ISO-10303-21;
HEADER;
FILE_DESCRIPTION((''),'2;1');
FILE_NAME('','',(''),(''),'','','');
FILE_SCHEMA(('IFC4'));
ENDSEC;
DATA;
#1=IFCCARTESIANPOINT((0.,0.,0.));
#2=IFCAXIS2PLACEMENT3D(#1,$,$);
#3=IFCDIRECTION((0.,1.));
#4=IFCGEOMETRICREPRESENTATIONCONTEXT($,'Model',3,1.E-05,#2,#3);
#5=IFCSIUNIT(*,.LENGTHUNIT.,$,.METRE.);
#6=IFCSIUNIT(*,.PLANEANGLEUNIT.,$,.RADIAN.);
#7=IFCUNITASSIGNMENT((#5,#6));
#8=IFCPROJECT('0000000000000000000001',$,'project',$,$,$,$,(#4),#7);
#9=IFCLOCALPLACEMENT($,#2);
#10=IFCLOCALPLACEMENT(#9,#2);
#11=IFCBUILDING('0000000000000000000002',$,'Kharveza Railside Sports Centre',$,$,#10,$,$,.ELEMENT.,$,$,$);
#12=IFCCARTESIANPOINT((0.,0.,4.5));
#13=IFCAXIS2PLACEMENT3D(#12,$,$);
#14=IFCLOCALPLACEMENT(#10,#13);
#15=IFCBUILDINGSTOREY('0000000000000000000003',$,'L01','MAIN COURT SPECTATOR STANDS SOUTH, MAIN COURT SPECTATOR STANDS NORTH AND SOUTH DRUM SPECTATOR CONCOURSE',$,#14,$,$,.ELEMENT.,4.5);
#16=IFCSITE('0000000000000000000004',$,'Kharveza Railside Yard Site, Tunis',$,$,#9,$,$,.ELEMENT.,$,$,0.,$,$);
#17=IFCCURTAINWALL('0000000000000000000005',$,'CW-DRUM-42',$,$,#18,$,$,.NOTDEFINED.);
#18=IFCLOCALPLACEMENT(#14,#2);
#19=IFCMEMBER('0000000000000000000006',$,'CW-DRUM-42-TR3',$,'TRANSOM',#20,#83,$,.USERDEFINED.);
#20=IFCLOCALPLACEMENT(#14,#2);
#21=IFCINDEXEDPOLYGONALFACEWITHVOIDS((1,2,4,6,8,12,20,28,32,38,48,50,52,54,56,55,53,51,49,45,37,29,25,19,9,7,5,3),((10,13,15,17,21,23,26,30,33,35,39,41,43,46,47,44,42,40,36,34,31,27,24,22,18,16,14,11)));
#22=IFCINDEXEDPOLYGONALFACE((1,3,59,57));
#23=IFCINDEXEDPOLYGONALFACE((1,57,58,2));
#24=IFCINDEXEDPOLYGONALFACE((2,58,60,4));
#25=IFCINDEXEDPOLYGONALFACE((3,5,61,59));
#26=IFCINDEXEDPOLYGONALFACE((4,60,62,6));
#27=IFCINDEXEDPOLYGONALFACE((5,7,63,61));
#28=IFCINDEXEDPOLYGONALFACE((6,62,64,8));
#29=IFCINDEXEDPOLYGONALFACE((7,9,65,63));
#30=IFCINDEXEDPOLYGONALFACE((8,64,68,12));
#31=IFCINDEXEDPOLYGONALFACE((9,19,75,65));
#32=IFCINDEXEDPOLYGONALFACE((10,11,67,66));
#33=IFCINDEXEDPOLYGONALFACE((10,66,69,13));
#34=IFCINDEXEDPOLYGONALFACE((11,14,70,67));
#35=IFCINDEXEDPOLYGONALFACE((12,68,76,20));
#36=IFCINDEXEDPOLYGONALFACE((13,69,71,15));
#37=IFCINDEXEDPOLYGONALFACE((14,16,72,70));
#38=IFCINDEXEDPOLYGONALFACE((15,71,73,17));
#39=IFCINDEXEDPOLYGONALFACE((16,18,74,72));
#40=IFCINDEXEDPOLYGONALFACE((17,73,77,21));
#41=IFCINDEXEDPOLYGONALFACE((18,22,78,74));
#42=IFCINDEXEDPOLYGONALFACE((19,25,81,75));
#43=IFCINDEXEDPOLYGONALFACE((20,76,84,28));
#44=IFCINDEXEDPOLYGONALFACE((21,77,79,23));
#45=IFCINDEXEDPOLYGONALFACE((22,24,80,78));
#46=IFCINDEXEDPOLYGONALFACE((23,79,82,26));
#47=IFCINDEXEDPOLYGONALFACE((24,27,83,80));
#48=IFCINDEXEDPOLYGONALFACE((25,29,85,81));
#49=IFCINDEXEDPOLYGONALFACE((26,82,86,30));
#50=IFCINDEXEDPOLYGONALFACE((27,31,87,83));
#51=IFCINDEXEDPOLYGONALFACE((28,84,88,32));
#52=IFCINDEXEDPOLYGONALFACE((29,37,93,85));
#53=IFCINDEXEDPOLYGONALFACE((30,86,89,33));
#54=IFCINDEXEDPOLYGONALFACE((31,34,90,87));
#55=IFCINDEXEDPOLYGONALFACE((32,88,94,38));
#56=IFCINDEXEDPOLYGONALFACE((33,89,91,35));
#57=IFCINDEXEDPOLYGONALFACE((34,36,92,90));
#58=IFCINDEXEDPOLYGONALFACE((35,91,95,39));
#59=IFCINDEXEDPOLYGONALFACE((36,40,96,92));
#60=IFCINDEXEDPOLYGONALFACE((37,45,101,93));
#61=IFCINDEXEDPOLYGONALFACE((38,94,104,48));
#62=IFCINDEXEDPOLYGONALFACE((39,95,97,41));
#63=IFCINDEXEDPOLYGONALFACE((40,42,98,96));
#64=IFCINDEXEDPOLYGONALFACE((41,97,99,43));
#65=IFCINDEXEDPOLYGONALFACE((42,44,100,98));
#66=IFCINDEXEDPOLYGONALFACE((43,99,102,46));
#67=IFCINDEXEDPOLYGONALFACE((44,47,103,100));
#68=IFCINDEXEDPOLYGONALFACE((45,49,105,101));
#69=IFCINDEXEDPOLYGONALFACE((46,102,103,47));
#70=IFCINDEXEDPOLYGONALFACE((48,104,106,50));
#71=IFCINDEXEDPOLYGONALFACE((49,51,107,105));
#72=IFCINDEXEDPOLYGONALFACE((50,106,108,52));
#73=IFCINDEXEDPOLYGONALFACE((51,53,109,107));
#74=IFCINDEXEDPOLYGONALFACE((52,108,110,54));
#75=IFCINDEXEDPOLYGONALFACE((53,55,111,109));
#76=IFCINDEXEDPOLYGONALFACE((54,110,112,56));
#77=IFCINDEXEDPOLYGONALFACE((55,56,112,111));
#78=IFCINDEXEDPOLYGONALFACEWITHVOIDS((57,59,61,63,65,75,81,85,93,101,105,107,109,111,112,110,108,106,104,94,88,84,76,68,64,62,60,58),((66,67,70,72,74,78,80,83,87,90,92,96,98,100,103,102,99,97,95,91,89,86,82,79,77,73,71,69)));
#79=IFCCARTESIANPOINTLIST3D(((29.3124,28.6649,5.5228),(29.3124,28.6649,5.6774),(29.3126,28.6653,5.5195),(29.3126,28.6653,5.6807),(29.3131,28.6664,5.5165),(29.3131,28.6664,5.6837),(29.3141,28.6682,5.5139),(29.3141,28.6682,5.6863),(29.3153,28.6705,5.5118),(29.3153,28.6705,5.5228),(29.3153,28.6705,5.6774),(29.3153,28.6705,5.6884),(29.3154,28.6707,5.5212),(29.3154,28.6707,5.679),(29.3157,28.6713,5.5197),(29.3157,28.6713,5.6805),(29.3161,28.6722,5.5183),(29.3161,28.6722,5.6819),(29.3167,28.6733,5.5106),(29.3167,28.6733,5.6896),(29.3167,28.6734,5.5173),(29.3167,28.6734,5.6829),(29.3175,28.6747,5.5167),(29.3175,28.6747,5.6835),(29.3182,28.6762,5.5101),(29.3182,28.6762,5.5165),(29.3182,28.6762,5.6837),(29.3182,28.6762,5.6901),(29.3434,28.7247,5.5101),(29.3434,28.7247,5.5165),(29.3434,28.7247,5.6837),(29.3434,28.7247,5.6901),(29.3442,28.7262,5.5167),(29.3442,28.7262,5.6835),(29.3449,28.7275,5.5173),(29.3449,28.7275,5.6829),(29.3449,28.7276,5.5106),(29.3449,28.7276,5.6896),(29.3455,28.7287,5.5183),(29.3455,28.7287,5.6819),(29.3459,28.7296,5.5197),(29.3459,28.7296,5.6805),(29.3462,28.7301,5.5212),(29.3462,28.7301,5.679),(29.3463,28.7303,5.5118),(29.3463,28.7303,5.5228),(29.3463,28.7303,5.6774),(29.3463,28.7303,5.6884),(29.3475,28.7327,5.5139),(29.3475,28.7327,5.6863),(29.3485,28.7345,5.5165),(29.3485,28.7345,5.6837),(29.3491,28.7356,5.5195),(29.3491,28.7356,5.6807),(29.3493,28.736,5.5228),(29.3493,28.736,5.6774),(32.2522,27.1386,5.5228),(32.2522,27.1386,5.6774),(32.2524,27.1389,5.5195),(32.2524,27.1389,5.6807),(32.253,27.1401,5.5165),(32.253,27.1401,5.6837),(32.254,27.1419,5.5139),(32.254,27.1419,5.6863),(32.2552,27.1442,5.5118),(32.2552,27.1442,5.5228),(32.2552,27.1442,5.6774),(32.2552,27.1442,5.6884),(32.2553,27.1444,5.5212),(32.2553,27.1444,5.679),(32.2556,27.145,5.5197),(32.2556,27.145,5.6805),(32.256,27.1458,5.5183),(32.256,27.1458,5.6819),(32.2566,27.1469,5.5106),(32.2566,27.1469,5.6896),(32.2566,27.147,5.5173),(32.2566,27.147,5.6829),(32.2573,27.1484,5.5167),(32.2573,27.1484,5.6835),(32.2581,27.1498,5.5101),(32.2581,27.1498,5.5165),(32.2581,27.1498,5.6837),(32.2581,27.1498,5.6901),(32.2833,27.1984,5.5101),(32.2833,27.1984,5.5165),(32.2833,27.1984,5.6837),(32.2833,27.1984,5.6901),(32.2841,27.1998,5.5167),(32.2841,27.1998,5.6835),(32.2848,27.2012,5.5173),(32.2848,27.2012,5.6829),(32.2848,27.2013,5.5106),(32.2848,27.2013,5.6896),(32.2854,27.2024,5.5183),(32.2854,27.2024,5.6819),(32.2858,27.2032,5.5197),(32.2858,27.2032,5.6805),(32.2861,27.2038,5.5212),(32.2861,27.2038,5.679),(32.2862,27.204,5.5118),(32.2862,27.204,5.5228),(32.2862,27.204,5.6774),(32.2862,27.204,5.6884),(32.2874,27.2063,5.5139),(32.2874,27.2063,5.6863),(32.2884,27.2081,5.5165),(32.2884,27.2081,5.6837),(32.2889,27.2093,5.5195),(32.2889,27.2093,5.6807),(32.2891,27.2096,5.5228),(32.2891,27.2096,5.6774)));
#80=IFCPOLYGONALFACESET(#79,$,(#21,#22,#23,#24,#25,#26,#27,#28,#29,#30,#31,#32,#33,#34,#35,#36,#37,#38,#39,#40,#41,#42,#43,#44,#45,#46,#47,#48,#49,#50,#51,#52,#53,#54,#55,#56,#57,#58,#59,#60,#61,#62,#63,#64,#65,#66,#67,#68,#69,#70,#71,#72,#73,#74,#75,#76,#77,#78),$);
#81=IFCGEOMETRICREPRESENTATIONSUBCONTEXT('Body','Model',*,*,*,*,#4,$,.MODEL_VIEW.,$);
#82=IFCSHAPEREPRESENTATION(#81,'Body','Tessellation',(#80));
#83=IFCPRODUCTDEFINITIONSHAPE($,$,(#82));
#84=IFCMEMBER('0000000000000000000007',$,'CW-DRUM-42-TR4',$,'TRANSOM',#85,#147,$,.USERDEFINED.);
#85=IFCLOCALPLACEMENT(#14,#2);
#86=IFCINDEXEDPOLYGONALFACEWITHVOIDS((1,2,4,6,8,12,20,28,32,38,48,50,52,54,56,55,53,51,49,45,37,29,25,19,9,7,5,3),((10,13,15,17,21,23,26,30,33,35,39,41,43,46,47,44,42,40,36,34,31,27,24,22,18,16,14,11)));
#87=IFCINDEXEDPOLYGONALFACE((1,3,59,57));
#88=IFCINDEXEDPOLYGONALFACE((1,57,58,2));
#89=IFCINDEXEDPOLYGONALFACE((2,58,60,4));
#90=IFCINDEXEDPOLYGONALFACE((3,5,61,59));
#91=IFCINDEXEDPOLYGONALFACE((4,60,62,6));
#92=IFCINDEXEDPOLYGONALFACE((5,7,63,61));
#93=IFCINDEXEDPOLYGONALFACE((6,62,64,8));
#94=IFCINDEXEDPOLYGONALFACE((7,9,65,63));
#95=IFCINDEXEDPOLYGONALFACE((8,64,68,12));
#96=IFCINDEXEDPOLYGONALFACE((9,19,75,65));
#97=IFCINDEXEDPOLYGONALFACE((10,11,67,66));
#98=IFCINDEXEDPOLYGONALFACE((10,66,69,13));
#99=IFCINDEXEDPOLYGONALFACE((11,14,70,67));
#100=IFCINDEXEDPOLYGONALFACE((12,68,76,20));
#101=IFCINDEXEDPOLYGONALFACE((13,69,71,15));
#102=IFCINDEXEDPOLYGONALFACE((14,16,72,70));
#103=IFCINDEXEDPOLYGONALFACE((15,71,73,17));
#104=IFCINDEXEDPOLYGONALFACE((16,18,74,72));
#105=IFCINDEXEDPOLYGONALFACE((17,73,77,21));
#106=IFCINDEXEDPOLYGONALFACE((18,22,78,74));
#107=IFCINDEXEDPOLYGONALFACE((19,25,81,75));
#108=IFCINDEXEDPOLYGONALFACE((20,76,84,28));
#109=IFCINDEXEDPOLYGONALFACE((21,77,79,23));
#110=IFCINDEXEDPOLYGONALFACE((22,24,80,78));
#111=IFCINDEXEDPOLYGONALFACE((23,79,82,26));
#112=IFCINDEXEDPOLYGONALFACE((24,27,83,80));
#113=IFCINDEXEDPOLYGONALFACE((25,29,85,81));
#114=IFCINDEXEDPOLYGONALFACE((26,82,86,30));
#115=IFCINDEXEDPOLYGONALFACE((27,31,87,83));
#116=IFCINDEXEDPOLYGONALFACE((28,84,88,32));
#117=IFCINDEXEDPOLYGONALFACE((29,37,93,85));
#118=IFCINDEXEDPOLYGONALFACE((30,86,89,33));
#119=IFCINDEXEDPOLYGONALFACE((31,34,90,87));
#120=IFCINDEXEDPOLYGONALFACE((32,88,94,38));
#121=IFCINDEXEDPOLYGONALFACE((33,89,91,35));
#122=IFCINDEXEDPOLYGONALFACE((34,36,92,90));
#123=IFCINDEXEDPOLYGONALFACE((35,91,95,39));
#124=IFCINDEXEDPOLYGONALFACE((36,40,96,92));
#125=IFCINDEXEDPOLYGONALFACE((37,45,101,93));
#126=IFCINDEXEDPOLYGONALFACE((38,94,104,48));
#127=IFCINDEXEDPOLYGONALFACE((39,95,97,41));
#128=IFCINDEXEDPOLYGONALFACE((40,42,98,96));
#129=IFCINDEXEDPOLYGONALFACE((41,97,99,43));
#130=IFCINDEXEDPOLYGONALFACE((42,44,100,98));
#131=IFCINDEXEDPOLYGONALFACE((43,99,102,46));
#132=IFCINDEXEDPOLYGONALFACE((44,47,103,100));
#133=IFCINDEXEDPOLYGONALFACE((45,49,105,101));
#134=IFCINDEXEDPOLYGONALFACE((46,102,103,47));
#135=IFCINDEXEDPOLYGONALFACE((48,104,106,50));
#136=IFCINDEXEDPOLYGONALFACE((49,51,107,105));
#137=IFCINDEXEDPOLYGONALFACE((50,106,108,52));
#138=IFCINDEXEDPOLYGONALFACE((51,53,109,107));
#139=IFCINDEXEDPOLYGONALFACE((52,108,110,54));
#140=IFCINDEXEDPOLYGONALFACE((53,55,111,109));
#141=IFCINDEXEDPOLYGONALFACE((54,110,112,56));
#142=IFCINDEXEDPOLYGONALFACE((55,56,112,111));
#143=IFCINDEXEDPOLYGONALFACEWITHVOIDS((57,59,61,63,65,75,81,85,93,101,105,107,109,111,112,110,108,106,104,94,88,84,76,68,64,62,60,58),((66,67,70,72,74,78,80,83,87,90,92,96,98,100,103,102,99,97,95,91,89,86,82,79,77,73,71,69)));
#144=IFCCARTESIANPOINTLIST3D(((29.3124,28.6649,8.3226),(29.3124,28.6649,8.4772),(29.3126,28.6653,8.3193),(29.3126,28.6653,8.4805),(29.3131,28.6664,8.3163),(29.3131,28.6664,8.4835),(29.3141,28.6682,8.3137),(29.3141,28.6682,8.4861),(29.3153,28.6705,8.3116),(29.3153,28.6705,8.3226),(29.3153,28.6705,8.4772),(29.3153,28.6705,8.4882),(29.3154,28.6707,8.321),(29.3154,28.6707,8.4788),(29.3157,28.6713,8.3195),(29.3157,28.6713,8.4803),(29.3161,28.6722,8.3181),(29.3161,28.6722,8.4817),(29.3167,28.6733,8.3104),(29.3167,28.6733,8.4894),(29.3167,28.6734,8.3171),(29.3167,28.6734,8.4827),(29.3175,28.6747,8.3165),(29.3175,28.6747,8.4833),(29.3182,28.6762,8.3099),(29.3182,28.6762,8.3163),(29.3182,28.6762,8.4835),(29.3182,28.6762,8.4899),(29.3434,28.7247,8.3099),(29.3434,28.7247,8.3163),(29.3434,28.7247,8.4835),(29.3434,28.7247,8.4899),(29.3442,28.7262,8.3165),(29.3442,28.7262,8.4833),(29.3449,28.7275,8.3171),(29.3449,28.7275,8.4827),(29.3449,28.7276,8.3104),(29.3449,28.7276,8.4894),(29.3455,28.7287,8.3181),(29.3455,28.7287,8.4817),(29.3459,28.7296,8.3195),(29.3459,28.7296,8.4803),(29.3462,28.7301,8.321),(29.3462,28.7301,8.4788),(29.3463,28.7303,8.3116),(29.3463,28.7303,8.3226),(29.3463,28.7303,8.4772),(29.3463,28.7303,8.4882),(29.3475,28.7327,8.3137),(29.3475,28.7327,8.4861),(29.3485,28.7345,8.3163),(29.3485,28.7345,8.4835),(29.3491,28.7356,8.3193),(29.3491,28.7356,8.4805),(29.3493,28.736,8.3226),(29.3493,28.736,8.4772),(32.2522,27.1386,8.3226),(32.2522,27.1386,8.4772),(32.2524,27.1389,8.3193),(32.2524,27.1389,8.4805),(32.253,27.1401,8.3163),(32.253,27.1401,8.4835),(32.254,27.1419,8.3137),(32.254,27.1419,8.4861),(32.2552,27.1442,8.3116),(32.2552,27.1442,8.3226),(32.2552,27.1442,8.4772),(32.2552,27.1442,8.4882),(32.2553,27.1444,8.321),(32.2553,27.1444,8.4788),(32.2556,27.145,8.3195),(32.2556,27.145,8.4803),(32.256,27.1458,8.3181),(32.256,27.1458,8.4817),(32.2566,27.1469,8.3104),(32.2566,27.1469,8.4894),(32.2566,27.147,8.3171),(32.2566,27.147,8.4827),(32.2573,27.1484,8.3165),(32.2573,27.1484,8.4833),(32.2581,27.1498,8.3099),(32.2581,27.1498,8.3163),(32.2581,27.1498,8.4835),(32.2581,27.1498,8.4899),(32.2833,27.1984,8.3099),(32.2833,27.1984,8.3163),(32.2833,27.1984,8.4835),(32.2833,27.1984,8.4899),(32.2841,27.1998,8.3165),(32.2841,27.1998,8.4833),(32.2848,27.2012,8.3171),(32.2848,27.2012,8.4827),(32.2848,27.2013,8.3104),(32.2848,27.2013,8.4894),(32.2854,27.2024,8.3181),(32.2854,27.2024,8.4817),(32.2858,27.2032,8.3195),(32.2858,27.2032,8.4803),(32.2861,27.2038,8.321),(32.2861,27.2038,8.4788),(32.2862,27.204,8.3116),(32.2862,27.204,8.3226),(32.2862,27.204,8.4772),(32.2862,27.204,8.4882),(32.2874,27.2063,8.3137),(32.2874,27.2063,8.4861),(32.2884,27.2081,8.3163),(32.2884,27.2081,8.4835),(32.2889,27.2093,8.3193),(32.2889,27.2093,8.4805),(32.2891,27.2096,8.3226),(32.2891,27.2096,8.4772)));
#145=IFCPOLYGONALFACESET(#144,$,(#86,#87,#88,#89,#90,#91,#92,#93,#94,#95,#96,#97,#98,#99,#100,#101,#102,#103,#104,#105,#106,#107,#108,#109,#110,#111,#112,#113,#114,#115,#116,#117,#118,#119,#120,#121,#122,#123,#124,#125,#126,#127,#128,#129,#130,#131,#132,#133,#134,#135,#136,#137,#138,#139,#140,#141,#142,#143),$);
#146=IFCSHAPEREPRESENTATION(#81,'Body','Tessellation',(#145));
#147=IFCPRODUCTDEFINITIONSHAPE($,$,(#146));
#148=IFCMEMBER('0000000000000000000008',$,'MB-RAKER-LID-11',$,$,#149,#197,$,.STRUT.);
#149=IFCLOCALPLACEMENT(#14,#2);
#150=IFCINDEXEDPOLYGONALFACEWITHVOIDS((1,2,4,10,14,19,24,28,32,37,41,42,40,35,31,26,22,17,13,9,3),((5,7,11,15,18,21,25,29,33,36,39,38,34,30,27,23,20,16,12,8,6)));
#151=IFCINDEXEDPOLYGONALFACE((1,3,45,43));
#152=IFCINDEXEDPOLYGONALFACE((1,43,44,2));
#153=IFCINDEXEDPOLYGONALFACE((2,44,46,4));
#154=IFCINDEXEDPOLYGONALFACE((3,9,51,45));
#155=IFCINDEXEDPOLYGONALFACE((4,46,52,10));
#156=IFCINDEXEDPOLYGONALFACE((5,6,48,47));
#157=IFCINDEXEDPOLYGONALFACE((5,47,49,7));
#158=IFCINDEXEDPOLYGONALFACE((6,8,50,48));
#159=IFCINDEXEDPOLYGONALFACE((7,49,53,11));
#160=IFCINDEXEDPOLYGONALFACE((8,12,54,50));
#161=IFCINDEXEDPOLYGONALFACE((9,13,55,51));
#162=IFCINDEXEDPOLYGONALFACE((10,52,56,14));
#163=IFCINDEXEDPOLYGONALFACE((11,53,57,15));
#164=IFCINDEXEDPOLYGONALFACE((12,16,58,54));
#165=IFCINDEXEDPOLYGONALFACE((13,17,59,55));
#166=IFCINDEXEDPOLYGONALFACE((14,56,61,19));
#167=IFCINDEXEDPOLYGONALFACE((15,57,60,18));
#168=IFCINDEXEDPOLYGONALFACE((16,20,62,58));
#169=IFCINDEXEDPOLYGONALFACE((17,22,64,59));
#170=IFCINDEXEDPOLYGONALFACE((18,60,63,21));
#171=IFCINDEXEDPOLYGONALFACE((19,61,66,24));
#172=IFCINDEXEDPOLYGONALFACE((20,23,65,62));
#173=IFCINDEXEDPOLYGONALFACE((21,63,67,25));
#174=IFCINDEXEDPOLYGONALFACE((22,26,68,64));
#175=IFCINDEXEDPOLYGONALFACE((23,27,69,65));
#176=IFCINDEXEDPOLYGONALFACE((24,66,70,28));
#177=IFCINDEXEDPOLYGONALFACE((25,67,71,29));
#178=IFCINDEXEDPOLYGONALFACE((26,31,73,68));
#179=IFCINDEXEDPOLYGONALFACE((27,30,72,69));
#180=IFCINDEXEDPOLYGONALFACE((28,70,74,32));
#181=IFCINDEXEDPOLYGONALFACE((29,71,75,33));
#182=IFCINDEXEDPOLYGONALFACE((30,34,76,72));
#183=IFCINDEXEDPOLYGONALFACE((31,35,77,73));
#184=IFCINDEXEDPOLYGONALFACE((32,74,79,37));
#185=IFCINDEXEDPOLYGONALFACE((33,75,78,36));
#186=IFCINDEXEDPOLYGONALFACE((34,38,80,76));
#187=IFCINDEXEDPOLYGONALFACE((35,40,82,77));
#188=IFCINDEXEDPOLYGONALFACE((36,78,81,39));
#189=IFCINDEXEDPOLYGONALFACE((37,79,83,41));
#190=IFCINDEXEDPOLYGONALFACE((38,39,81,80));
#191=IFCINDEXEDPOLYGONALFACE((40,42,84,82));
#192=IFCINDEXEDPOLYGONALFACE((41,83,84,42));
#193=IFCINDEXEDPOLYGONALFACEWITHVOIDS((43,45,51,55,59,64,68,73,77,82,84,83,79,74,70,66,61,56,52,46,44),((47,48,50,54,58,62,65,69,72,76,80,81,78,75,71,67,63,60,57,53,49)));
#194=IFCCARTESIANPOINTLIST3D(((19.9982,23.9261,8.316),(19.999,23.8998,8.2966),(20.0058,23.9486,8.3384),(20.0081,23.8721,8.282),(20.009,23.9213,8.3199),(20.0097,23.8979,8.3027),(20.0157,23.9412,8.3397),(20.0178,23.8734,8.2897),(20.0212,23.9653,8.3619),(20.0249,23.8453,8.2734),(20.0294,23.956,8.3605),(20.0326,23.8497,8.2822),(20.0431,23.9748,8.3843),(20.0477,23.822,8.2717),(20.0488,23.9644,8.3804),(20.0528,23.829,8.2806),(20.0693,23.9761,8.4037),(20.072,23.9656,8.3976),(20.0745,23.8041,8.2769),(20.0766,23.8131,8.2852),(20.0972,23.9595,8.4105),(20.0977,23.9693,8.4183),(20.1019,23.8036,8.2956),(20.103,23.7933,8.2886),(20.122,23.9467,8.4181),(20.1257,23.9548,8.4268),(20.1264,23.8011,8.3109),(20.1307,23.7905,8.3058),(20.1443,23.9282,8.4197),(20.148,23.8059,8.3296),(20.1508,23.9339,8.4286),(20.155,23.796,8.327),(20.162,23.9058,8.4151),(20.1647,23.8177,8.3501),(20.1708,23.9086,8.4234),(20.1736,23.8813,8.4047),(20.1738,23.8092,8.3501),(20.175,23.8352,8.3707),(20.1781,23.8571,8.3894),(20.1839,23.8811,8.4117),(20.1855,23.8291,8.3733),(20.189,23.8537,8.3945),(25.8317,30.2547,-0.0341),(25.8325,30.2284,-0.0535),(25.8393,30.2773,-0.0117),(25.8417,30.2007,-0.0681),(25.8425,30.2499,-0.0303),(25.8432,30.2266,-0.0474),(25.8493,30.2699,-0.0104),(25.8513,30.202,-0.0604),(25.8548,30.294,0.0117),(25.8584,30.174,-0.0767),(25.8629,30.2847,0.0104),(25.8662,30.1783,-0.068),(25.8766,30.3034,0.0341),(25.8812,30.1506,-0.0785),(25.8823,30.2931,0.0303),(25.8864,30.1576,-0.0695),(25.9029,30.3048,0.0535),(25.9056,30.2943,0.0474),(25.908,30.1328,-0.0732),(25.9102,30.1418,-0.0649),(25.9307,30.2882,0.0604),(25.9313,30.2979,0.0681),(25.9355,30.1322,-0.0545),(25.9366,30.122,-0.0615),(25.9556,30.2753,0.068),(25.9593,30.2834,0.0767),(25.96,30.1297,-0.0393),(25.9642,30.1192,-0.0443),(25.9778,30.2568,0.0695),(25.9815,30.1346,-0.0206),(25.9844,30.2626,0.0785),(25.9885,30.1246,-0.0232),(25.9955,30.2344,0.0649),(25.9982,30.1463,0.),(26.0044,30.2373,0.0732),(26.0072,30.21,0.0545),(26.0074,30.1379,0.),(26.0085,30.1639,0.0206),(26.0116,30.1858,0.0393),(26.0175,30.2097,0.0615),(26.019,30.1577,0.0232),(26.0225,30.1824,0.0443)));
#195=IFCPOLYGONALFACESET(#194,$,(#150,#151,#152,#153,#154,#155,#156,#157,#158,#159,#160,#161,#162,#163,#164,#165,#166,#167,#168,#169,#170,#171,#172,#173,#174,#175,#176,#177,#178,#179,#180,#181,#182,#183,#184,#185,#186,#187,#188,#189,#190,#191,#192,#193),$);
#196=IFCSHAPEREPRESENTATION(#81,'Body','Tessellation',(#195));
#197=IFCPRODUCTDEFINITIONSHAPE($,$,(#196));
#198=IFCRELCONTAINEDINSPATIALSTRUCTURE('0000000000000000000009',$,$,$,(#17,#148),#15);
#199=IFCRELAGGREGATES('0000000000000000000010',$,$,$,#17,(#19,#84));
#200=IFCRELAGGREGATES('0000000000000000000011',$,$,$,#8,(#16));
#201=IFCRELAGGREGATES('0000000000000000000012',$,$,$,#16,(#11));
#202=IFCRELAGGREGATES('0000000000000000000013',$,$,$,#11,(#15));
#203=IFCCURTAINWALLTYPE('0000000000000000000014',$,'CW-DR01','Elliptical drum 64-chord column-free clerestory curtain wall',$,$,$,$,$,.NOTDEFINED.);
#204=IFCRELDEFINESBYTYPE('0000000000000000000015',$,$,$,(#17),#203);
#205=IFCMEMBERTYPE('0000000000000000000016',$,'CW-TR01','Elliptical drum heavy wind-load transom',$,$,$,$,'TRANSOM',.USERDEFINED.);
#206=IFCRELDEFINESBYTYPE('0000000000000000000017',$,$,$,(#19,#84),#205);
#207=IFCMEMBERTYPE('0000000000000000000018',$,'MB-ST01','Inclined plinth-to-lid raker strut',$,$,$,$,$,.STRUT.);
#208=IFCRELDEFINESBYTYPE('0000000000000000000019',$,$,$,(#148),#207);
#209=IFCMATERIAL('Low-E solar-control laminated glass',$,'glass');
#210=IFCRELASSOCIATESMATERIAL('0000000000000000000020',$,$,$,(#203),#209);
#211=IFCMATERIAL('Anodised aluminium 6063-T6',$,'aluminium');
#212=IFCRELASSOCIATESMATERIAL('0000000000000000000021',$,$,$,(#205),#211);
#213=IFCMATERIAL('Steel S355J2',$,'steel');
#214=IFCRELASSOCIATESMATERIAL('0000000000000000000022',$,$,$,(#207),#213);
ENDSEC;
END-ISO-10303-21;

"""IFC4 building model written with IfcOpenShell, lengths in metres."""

from ifc_helpers import new_model, si_unit, direction, frame, origin, origin_2d, place, context, subcontext, project, spatial, hollow_rectangle, hollow_circle, extrude, material, material_profile, profile_set, type_object, element, aggregate, save


model = new_model("IFC4")

# Units and contexts
model_context = context("Model", 3, precision=1e-05, world=origin(), true_north=direction((0.0, 1.0)))
body_context = subcontext(model_context, "Body", "Model", "MODEL_VIEW")
ifc_project = project(units=[si_unit("LENGTHUNIT", "METRE"), si_unit("PLANEANGLEUNIT", "RADIAN")], contexts=[model_context])

# Site, building, storey
site_placement = place(None, origin())
site = spatial("IfcSite", under=ifc_project, at=site_placement, Name="Kharveza Railside Yard Site, Tunis", CompositionType="ELEMENT", RefElevation=0.0)
building_placement = place(site_placement, origin())
building = spatial("IfcBuilding", under=site, at=building_placement, Name="Kharveza Railside Sports Centre", CompositionType="ELEMENT")
storey_placement = place(building_placement, frame((0.0, 0.0, 4.5)))
storey = spatial("IfcBuildingStorey", under=building, at=storey_placement, Name="L01", Description="MAIN COURT SPECTATOR STANDS SOUTH, MAIN COURT SPECTATOR STANDS NORTH AND SOUTH DRUM SPECTATOR CONCOURSE", CompositionType="ELEMENT", Elevation=4.5)

# Curtain wall, members
ifc_material_1 = material(Name="Low-E solar-control laminated glass", Category="glass")
curtain_wall_type = type_object("IfcCurtainWallType", Name="CW-DR01", Description="Elliptical drum 64-chord column-free clerestory curtain wall", PredefinedType="NOTDEFINED", material=ifc_material_1)
ifc_material_2 = material(Name="Anodised aluminium 6063-T6", Category="aluminium")
curtain_wall_1_placement = place(storey_placement, origin())
curtain_wall_1 = element("IfcCurtainWall", 1, at=curtain_wall_1_placement, inside=storey, type_object=curtain_wall_type, Name="CW-DRUM-42", PredefinedType="NOTDEFINED")
ifc_material_profile_1 = material_profile(ifc_material_2, hollow_rectangle(XDim=0.0801, YDim=0.1799, WallThickness=0.0063, InnerFilletRadius=0.0063, OuterFilletRadius=0.0127, at=origin_2d()), Name="RHS 80x180x6.3")
ifc_profile_set_1 = profile_set([ifc_material_profile_1], Name="Anodised aluminium 6063-T6")
member_type_1 = type_object("IfcMemberType", Name="CW-TR01", Description="Elliptical drum heavy wind-load transom", ElementType="TRANSOM", PredefinedType="USERDEFINED", material=ifc_profile_set_1)
member_1_placement = place(storey_placement, frame((29.3308, 28.7004, 5.6001), z_axis=(0.887513, -0.460782, 0.0), x_axis=(0.460782, 0.887513, 0.0)))
member_1 = element("IfcMember", 2, at=member_1_placement, type_object=member_type_1, Name="CW-DRUM-42-TR3", ObjectType="TRANSOM", PredefinedType="USERDEFINED", context=body_context, shape_type="SweptSolid", body=[
    extrude(hollow_rectangle(XDim=0.0801, YDim=0.1799, WallThickness=0.0063, InnerFilletRadius=0.0063, OuterFilletRadius=0.0127, at=origin_2d()), origin(), (0.0, 0.0, 1.0), 3.3125),
])
member_2_placement = place(storey_placement, frame((29.3308, 28.7004, 8.3999), z_axis=(0.887513, -0.460782, 0.0), x_axis=(0.460782, 0.887513, 0.0)))
member_2 = element("IfcMember", 3, at=member_2_placement, type_object=member_type_1, Name="CW-DRUM-42-TR4", ObjectType="TRANSOM", PredefinedType="USERDEFINED", context=body_context, shape_type="SweptSolid", body=[
    extrude(hollow_rectangle(XDim=0.0801, YDim=0.1799, WallThickness=0.0063, InnerFilletRadius=0.0063, OuterFilletRadius=0.0127, at=origin_2d()), origin(), (0.0, 0.0, 1.0), 3.3125),
])

# Member
ifc_material_3 = material(Name="Steel S355J2", Category="steel")
ifc_material_profile_2 = material_profile(ifc_material_3, hollow_circle(Radius=0.1096, WallThickness=0.0125, at=origin_2d()), Name="CHS 219.1x12.5")
ifc_profile_set_2 = profile_set([ifc_material_profile_2], Name="Steel S355J2")
member_type_2 = type_object("IfcMemberType", Name="MB-ST01", Description="Inclined plinth-to-lid raker strut", PredefinedType="STRUT", material=ifc_profile_set_2)
member_3_placement = place(storey_placement, frame((25.9268, 30.2122, 0.0), z_axis=(-0.486454, -0.527742, 0.696313), x_axis=(0.735284, -0.677759, 0.0)))
element("IfcMember", 4, at=member_3_placement, inside=storey, type_object=member_type_2, Name="MB-RAKER-LID-11", PredefinedType="STRUT", context=body_context, shape_type="SweptSolid", body=[
    extrude(hollow_circle(Radius=0.1096, WallThickness=0.0125, at=origin_2d()), origin(), (0.0, 0.0, 1.0), 11.9919),
])

aggregate(curtain_wall_1, [member_1, member_2])

save(model, "model.ifc")
